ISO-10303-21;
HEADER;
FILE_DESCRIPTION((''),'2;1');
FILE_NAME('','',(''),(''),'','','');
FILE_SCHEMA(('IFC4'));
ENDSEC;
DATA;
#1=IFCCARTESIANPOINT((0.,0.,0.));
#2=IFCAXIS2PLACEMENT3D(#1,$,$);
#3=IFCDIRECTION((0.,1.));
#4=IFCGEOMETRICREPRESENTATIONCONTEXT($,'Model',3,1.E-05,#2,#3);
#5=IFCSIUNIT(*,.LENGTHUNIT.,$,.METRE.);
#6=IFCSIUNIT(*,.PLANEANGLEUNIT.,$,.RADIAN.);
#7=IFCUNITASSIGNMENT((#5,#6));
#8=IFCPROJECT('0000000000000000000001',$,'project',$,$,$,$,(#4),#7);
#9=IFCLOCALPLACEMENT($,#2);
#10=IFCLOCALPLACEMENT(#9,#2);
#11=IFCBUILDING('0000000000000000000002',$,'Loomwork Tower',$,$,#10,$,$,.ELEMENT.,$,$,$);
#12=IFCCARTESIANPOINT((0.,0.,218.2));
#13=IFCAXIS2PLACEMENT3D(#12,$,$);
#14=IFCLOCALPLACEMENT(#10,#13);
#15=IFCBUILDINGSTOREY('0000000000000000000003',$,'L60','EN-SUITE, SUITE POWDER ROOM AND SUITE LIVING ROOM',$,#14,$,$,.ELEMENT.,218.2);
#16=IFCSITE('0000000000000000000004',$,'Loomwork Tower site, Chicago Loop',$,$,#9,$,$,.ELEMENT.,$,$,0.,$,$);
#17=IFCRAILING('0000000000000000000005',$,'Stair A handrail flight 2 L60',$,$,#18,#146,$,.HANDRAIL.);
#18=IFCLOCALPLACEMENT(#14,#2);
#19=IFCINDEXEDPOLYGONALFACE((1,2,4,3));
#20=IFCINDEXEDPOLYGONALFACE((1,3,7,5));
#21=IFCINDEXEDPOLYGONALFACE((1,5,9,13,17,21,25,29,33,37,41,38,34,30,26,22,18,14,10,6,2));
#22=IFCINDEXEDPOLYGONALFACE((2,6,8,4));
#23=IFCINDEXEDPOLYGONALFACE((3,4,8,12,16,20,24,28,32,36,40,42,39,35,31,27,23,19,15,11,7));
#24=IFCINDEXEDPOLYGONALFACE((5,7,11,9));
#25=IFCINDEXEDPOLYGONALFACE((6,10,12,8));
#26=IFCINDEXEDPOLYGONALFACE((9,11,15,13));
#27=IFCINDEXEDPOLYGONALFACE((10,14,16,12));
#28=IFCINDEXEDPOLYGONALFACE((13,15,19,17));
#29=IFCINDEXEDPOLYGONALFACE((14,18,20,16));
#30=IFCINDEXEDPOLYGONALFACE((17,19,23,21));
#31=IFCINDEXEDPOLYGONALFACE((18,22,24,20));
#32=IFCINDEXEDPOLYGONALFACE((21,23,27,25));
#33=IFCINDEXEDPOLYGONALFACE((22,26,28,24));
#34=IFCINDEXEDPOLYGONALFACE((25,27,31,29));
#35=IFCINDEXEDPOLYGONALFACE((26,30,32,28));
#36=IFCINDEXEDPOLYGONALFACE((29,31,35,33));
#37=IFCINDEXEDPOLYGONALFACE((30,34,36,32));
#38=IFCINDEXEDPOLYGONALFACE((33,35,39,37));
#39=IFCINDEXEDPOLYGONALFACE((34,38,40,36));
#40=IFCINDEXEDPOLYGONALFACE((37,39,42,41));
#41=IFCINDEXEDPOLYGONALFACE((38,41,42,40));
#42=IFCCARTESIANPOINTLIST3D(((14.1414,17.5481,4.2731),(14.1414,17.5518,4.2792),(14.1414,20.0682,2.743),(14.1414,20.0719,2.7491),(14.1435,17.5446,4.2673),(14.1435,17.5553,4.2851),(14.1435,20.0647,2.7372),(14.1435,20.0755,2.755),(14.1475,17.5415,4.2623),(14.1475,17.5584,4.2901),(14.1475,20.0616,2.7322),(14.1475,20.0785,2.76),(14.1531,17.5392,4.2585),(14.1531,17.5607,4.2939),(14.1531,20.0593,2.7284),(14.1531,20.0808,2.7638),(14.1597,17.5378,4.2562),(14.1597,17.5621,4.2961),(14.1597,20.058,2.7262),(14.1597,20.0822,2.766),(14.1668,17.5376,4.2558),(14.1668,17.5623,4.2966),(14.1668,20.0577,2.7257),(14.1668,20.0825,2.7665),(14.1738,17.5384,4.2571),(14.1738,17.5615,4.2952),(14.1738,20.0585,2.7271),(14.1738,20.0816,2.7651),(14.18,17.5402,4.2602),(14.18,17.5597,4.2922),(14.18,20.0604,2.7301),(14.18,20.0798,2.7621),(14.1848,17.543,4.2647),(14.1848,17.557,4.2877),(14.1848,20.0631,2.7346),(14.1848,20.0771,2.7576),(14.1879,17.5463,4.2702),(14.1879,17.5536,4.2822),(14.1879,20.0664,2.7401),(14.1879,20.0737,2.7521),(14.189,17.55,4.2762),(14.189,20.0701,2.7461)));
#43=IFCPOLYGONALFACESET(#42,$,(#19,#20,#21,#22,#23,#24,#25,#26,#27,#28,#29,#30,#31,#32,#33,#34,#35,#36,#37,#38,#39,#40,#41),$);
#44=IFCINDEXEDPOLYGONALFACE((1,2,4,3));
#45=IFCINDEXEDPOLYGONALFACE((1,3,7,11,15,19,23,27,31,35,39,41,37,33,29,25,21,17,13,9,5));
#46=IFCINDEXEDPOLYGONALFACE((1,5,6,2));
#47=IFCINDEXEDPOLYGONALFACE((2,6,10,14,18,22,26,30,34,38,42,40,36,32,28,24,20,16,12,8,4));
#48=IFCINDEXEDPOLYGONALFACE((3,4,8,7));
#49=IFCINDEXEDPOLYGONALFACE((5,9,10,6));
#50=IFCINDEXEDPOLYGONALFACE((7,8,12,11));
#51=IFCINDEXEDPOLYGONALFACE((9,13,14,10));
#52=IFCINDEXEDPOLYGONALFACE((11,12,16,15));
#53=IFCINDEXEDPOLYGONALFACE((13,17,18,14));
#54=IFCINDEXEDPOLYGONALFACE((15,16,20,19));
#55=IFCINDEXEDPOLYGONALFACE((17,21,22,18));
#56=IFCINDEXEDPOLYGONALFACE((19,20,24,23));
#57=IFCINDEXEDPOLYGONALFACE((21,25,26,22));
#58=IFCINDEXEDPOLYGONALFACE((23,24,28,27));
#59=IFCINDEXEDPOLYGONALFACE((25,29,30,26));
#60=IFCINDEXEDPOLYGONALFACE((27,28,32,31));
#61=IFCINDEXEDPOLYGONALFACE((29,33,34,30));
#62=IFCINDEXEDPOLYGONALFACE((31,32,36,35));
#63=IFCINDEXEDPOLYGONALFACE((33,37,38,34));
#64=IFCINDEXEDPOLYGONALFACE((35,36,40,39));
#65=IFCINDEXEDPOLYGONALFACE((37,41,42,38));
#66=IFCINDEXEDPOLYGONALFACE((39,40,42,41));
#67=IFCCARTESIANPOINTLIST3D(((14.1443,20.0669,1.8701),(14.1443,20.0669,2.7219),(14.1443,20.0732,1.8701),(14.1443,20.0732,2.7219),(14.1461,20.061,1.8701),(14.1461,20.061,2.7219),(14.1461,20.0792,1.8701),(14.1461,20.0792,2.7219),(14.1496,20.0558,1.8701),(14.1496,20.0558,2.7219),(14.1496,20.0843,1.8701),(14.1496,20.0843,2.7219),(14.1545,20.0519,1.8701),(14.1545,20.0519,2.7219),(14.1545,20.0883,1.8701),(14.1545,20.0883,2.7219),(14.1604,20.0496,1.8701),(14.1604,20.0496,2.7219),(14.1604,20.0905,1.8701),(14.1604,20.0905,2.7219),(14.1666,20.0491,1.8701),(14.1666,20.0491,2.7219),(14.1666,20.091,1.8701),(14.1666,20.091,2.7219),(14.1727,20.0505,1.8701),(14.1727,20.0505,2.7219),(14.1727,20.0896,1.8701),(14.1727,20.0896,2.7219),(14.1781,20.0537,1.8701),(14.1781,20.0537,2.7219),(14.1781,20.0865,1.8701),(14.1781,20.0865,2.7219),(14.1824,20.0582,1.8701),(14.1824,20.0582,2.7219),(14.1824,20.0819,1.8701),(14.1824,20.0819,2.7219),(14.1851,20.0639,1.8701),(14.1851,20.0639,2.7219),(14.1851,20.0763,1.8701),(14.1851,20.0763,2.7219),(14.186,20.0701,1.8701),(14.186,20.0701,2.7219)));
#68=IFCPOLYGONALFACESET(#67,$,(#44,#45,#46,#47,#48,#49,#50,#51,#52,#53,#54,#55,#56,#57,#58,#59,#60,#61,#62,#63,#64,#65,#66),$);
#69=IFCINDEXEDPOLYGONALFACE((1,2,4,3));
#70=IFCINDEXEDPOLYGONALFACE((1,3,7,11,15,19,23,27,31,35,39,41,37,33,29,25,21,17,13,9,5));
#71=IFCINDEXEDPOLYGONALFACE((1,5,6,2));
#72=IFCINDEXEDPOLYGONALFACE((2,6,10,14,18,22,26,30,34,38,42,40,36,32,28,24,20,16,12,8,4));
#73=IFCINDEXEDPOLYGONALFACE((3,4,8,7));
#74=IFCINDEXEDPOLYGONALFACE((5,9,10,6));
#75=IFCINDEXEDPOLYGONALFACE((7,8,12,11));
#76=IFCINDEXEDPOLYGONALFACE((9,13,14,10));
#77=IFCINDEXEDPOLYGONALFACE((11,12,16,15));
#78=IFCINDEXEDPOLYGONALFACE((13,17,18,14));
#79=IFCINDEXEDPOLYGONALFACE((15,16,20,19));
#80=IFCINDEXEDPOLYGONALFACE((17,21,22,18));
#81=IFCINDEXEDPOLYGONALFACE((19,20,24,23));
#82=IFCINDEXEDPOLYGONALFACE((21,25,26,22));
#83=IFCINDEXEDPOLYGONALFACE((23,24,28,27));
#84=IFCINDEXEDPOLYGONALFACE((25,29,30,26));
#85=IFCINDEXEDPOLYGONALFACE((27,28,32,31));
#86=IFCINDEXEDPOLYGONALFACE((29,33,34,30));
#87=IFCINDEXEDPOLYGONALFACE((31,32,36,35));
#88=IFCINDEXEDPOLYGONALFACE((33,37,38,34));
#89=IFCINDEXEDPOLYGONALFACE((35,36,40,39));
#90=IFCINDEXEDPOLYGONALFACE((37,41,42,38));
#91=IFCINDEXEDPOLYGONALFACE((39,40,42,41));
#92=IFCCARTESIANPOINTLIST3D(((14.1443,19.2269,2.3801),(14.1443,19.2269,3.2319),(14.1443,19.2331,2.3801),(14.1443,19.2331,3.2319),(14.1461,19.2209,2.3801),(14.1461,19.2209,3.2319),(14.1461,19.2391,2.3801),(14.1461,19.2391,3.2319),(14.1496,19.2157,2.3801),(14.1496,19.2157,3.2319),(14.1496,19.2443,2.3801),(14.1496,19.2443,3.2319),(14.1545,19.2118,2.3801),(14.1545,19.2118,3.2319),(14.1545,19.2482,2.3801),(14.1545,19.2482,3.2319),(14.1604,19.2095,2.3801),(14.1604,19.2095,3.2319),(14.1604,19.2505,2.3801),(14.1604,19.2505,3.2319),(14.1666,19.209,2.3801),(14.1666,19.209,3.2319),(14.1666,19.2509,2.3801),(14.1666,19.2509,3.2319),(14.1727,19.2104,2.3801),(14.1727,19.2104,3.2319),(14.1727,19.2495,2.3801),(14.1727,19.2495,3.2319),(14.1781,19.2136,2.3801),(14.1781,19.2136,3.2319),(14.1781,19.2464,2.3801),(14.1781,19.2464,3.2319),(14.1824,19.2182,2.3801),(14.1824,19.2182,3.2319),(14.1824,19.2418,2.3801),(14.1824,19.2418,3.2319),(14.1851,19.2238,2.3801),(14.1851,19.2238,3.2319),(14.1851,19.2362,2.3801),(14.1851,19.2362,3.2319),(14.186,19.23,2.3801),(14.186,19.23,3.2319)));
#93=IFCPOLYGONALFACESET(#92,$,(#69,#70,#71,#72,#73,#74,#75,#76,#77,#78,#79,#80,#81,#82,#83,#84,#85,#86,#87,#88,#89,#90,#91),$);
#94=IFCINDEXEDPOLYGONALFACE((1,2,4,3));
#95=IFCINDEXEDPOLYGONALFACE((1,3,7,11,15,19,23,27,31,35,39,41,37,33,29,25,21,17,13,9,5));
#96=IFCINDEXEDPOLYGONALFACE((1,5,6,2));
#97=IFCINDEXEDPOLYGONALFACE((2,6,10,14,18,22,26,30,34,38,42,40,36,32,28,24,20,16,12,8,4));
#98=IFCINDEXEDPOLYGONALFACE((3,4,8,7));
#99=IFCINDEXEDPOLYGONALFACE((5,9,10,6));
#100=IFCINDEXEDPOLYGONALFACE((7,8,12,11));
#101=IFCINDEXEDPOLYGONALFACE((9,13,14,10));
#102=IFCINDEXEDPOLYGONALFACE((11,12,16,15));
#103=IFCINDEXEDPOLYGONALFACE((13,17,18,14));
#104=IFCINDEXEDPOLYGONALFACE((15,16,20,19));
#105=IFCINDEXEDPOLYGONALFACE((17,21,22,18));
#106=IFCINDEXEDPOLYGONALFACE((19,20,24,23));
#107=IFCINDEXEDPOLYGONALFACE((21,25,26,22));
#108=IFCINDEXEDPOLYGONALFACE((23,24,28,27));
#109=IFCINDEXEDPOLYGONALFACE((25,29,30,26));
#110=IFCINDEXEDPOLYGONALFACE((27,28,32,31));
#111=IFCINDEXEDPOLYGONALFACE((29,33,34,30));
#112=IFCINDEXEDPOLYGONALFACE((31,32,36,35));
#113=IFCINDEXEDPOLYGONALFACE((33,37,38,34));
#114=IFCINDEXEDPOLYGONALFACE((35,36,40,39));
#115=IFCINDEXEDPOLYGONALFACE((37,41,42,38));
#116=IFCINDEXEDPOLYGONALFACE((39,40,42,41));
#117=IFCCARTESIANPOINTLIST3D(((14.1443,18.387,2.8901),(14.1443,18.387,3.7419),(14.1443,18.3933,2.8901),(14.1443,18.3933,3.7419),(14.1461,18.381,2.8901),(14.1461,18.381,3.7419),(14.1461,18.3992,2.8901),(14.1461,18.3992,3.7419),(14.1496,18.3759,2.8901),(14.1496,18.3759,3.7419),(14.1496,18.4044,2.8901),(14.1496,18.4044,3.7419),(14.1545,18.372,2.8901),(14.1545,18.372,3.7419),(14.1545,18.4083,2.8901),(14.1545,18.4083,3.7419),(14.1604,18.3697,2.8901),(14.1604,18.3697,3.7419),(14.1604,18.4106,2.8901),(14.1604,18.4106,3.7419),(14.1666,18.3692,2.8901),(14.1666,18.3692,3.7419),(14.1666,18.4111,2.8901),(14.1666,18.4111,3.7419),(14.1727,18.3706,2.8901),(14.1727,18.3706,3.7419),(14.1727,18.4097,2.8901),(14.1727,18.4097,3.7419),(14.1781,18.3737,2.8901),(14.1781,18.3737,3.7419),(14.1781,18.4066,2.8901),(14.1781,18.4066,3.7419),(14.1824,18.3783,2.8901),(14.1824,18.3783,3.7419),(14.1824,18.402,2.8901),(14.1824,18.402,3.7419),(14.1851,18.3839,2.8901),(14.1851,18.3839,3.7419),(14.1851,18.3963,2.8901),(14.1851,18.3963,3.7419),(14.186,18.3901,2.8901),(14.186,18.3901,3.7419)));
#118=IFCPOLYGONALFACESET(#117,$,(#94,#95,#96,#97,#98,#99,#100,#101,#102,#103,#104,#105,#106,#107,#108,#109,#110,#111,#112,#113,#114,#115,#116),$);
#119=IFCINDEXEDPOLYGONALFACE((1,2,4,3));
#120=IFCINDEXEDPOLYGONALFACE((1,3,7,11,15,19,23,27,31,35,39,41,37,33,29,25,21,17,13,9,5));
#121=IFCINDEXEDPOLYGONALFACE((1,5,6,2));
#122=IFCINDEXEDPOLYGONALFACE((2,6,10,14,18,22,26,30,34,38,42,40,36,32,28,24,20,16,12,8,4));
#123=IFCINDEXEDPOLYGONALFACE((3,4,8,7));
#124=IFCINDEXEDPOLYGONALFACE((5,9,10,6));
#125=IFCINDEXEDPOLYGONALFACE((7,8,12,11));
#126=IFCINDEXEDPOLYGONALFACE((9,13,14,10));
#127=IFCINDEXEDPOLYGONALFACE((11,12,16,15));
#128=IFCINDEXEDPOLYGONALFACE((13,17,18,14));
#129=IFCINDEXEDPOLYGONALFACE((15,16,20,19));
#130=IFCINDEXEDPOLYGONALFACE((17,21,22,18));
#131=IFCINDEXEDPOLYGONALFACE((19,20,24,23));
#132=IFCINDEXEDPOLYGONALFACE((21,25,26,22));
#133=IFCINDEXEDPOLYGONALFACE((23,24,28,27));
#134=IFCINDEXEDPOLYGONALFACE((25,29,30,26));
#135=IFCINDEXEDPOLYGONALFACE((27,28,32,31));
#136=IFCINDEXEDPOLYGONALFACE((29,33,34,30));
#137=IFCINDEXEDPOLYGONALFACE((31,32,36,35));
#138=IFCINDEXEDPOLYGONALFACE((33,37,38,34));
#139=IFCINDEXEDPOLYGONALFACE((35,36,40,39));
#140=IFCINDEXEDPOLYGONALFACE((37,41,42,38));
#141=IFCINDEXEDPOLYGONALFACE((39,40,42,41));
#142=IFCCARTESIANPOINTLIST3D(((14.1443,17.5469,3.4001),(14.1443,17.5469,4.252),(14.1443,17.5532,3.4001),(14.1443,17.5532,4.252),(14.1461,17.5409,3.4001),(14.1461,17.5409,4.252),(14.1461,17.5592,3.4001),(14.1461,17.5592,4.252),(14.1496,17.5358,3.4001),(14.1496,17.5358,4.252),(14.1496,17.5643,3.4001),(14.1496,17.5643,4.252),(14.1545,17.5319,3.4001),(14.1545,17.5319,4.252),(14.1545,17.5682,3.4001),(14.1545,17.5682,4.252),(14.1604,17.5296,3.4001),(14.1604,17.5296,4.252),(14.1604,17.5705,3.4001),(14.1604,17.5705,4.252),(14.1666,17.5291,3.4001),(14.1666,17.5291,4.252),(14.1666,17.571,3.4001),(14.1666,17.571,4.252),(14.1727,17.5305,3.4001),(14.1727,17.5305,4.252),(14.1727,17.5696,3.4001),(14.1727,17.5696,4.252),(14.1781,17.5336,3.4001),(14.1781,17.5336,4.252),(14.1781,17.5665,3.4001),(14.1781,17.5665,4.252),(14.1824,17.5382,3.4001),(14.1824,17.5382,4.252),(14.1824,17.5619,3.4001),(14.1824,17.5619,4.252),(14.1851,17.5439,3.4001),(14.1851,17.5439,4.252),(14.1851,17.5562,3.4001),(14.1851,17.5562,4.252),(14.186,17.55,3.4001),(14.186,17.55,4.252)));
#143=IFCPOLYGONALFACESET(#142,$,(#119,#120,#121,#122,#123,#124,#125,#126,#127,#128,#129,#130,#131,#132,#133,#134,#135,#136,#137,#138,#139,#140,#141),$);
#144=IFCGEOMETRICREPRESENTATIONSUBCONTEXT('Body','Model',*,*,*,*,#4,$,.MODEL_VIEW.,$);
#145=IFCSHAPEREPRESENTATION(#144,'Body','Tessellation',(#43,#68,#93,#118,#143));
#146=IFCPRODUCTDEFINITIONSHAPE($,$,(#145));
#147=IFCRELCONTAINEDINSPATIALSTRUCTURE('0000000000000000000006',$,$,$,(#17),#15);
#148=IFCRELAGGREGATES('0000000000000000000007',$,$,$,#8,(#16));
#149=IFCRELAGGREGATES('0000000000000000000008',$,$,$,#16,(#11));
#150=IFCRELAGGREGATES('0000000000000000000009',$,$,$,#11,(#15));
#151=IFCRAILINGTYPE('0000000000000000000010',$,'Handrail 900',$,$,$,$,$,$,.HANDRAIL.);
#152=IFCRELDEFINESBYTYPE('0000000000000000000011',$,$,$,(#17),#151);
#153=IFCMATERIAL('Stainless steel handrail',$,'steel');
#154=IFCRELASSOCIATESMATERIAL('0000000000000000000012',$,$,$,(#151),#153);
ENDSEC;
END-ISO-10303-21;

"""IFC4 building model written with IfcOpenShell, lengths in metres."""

from ifc_helpers import new_model, si_unit, direction, frame, origin, origin_2d, place, context, subcontext, project, spatial, circle, extrude, material, type_object, element, save


model = new_model("IFC4")

# Units and contexts
model_context = context("Model", 3, precision=1e-05, world=origin(), true_north=direction((0.0, 1.0)))
body_context = subcontext(model_context, "Body", "Model", "MODEL_VIEW")
ifc_project = project(units=[si_unit("LENGTHUNIT", "METRE"), si_unit("PLANEANGLEUNIT", "RADIAN")], contexts=[model_context])

# Site, building, storey
site_placement = place(None, origin())
site = spatial("IfcSite", under=ifc_project, at=site_placement, Name="Loomwork Tower site, Chicago Loop", CompositionType="ELEMENT", RefElevation=0.0)
building_placement = place(site_placement, origin())
building = spatial("IfcBuilding", under=site, at=building_placement, Name="Loomwork Tower", CompositionType="ELEMENT")
storey_placement = place(building_placement, frame((0.0, 0.0, 218.2)))
storey = spatial("IfcBuildingStorey", under=building, at=storey_placement, Name="L60", Description="EN-SUITE, SUITE POWDER ROOM AND SUITE LIVING ROOM", CompositionType="ELEMENT", Elevation=218.2)

# Railing
ifc_material_1 = material(Name="Stainless steel handrail", Category="steel")
railing_type = type_object("IfcRailingType", Name="Handrail 900", PredefinedType="HANDRAIL", material=ifc_material_1)
railing_1_placement = place(storey_placement, frame((14.165, 20.0701, 1.8701)))
element("IfcRailing", 1, at=railing_1_placement, inside=storey, type_object=railing_type, Name="Stair A handrail flight 2 L60", PredefinedType="HANDRAIL", context=body_context, shape_type="SweptSolid", body=[
    extrude(circle(Radius=0.0239, at=origin_2d()), frame((0.0, 0.0, 0.876), z_axis=(0.0, -0.854785, 0.518982), x_axis=(1.0, 0.0, 0.0)), (0.0, 0.0, 1.0), 2.9482),
    extrude(circle(Radius=0.021, at=origin_2d()), origin(), (0.0, 0.0, 1.0), 0.8518),
    extrude(circle(Radius=0.021, at=origin_2d()), frame((0.0, -0.8401, 0.51)), (0.0, 0.0, 1.0), 0.8518),
    extrude(circle(Radius=0.021, at=origin_2d()), frame((0.0, -1.6799, 1.02)), (0.0, 0.0, 1.0), 0.8518),
    extrude(circle(Radius=0.021, at=origin_2d()), frame((0.0, -2.52, 1.53)), (0.0, 0.0, 1.0), 0.8518),
])

save(model, "model.ifc")
